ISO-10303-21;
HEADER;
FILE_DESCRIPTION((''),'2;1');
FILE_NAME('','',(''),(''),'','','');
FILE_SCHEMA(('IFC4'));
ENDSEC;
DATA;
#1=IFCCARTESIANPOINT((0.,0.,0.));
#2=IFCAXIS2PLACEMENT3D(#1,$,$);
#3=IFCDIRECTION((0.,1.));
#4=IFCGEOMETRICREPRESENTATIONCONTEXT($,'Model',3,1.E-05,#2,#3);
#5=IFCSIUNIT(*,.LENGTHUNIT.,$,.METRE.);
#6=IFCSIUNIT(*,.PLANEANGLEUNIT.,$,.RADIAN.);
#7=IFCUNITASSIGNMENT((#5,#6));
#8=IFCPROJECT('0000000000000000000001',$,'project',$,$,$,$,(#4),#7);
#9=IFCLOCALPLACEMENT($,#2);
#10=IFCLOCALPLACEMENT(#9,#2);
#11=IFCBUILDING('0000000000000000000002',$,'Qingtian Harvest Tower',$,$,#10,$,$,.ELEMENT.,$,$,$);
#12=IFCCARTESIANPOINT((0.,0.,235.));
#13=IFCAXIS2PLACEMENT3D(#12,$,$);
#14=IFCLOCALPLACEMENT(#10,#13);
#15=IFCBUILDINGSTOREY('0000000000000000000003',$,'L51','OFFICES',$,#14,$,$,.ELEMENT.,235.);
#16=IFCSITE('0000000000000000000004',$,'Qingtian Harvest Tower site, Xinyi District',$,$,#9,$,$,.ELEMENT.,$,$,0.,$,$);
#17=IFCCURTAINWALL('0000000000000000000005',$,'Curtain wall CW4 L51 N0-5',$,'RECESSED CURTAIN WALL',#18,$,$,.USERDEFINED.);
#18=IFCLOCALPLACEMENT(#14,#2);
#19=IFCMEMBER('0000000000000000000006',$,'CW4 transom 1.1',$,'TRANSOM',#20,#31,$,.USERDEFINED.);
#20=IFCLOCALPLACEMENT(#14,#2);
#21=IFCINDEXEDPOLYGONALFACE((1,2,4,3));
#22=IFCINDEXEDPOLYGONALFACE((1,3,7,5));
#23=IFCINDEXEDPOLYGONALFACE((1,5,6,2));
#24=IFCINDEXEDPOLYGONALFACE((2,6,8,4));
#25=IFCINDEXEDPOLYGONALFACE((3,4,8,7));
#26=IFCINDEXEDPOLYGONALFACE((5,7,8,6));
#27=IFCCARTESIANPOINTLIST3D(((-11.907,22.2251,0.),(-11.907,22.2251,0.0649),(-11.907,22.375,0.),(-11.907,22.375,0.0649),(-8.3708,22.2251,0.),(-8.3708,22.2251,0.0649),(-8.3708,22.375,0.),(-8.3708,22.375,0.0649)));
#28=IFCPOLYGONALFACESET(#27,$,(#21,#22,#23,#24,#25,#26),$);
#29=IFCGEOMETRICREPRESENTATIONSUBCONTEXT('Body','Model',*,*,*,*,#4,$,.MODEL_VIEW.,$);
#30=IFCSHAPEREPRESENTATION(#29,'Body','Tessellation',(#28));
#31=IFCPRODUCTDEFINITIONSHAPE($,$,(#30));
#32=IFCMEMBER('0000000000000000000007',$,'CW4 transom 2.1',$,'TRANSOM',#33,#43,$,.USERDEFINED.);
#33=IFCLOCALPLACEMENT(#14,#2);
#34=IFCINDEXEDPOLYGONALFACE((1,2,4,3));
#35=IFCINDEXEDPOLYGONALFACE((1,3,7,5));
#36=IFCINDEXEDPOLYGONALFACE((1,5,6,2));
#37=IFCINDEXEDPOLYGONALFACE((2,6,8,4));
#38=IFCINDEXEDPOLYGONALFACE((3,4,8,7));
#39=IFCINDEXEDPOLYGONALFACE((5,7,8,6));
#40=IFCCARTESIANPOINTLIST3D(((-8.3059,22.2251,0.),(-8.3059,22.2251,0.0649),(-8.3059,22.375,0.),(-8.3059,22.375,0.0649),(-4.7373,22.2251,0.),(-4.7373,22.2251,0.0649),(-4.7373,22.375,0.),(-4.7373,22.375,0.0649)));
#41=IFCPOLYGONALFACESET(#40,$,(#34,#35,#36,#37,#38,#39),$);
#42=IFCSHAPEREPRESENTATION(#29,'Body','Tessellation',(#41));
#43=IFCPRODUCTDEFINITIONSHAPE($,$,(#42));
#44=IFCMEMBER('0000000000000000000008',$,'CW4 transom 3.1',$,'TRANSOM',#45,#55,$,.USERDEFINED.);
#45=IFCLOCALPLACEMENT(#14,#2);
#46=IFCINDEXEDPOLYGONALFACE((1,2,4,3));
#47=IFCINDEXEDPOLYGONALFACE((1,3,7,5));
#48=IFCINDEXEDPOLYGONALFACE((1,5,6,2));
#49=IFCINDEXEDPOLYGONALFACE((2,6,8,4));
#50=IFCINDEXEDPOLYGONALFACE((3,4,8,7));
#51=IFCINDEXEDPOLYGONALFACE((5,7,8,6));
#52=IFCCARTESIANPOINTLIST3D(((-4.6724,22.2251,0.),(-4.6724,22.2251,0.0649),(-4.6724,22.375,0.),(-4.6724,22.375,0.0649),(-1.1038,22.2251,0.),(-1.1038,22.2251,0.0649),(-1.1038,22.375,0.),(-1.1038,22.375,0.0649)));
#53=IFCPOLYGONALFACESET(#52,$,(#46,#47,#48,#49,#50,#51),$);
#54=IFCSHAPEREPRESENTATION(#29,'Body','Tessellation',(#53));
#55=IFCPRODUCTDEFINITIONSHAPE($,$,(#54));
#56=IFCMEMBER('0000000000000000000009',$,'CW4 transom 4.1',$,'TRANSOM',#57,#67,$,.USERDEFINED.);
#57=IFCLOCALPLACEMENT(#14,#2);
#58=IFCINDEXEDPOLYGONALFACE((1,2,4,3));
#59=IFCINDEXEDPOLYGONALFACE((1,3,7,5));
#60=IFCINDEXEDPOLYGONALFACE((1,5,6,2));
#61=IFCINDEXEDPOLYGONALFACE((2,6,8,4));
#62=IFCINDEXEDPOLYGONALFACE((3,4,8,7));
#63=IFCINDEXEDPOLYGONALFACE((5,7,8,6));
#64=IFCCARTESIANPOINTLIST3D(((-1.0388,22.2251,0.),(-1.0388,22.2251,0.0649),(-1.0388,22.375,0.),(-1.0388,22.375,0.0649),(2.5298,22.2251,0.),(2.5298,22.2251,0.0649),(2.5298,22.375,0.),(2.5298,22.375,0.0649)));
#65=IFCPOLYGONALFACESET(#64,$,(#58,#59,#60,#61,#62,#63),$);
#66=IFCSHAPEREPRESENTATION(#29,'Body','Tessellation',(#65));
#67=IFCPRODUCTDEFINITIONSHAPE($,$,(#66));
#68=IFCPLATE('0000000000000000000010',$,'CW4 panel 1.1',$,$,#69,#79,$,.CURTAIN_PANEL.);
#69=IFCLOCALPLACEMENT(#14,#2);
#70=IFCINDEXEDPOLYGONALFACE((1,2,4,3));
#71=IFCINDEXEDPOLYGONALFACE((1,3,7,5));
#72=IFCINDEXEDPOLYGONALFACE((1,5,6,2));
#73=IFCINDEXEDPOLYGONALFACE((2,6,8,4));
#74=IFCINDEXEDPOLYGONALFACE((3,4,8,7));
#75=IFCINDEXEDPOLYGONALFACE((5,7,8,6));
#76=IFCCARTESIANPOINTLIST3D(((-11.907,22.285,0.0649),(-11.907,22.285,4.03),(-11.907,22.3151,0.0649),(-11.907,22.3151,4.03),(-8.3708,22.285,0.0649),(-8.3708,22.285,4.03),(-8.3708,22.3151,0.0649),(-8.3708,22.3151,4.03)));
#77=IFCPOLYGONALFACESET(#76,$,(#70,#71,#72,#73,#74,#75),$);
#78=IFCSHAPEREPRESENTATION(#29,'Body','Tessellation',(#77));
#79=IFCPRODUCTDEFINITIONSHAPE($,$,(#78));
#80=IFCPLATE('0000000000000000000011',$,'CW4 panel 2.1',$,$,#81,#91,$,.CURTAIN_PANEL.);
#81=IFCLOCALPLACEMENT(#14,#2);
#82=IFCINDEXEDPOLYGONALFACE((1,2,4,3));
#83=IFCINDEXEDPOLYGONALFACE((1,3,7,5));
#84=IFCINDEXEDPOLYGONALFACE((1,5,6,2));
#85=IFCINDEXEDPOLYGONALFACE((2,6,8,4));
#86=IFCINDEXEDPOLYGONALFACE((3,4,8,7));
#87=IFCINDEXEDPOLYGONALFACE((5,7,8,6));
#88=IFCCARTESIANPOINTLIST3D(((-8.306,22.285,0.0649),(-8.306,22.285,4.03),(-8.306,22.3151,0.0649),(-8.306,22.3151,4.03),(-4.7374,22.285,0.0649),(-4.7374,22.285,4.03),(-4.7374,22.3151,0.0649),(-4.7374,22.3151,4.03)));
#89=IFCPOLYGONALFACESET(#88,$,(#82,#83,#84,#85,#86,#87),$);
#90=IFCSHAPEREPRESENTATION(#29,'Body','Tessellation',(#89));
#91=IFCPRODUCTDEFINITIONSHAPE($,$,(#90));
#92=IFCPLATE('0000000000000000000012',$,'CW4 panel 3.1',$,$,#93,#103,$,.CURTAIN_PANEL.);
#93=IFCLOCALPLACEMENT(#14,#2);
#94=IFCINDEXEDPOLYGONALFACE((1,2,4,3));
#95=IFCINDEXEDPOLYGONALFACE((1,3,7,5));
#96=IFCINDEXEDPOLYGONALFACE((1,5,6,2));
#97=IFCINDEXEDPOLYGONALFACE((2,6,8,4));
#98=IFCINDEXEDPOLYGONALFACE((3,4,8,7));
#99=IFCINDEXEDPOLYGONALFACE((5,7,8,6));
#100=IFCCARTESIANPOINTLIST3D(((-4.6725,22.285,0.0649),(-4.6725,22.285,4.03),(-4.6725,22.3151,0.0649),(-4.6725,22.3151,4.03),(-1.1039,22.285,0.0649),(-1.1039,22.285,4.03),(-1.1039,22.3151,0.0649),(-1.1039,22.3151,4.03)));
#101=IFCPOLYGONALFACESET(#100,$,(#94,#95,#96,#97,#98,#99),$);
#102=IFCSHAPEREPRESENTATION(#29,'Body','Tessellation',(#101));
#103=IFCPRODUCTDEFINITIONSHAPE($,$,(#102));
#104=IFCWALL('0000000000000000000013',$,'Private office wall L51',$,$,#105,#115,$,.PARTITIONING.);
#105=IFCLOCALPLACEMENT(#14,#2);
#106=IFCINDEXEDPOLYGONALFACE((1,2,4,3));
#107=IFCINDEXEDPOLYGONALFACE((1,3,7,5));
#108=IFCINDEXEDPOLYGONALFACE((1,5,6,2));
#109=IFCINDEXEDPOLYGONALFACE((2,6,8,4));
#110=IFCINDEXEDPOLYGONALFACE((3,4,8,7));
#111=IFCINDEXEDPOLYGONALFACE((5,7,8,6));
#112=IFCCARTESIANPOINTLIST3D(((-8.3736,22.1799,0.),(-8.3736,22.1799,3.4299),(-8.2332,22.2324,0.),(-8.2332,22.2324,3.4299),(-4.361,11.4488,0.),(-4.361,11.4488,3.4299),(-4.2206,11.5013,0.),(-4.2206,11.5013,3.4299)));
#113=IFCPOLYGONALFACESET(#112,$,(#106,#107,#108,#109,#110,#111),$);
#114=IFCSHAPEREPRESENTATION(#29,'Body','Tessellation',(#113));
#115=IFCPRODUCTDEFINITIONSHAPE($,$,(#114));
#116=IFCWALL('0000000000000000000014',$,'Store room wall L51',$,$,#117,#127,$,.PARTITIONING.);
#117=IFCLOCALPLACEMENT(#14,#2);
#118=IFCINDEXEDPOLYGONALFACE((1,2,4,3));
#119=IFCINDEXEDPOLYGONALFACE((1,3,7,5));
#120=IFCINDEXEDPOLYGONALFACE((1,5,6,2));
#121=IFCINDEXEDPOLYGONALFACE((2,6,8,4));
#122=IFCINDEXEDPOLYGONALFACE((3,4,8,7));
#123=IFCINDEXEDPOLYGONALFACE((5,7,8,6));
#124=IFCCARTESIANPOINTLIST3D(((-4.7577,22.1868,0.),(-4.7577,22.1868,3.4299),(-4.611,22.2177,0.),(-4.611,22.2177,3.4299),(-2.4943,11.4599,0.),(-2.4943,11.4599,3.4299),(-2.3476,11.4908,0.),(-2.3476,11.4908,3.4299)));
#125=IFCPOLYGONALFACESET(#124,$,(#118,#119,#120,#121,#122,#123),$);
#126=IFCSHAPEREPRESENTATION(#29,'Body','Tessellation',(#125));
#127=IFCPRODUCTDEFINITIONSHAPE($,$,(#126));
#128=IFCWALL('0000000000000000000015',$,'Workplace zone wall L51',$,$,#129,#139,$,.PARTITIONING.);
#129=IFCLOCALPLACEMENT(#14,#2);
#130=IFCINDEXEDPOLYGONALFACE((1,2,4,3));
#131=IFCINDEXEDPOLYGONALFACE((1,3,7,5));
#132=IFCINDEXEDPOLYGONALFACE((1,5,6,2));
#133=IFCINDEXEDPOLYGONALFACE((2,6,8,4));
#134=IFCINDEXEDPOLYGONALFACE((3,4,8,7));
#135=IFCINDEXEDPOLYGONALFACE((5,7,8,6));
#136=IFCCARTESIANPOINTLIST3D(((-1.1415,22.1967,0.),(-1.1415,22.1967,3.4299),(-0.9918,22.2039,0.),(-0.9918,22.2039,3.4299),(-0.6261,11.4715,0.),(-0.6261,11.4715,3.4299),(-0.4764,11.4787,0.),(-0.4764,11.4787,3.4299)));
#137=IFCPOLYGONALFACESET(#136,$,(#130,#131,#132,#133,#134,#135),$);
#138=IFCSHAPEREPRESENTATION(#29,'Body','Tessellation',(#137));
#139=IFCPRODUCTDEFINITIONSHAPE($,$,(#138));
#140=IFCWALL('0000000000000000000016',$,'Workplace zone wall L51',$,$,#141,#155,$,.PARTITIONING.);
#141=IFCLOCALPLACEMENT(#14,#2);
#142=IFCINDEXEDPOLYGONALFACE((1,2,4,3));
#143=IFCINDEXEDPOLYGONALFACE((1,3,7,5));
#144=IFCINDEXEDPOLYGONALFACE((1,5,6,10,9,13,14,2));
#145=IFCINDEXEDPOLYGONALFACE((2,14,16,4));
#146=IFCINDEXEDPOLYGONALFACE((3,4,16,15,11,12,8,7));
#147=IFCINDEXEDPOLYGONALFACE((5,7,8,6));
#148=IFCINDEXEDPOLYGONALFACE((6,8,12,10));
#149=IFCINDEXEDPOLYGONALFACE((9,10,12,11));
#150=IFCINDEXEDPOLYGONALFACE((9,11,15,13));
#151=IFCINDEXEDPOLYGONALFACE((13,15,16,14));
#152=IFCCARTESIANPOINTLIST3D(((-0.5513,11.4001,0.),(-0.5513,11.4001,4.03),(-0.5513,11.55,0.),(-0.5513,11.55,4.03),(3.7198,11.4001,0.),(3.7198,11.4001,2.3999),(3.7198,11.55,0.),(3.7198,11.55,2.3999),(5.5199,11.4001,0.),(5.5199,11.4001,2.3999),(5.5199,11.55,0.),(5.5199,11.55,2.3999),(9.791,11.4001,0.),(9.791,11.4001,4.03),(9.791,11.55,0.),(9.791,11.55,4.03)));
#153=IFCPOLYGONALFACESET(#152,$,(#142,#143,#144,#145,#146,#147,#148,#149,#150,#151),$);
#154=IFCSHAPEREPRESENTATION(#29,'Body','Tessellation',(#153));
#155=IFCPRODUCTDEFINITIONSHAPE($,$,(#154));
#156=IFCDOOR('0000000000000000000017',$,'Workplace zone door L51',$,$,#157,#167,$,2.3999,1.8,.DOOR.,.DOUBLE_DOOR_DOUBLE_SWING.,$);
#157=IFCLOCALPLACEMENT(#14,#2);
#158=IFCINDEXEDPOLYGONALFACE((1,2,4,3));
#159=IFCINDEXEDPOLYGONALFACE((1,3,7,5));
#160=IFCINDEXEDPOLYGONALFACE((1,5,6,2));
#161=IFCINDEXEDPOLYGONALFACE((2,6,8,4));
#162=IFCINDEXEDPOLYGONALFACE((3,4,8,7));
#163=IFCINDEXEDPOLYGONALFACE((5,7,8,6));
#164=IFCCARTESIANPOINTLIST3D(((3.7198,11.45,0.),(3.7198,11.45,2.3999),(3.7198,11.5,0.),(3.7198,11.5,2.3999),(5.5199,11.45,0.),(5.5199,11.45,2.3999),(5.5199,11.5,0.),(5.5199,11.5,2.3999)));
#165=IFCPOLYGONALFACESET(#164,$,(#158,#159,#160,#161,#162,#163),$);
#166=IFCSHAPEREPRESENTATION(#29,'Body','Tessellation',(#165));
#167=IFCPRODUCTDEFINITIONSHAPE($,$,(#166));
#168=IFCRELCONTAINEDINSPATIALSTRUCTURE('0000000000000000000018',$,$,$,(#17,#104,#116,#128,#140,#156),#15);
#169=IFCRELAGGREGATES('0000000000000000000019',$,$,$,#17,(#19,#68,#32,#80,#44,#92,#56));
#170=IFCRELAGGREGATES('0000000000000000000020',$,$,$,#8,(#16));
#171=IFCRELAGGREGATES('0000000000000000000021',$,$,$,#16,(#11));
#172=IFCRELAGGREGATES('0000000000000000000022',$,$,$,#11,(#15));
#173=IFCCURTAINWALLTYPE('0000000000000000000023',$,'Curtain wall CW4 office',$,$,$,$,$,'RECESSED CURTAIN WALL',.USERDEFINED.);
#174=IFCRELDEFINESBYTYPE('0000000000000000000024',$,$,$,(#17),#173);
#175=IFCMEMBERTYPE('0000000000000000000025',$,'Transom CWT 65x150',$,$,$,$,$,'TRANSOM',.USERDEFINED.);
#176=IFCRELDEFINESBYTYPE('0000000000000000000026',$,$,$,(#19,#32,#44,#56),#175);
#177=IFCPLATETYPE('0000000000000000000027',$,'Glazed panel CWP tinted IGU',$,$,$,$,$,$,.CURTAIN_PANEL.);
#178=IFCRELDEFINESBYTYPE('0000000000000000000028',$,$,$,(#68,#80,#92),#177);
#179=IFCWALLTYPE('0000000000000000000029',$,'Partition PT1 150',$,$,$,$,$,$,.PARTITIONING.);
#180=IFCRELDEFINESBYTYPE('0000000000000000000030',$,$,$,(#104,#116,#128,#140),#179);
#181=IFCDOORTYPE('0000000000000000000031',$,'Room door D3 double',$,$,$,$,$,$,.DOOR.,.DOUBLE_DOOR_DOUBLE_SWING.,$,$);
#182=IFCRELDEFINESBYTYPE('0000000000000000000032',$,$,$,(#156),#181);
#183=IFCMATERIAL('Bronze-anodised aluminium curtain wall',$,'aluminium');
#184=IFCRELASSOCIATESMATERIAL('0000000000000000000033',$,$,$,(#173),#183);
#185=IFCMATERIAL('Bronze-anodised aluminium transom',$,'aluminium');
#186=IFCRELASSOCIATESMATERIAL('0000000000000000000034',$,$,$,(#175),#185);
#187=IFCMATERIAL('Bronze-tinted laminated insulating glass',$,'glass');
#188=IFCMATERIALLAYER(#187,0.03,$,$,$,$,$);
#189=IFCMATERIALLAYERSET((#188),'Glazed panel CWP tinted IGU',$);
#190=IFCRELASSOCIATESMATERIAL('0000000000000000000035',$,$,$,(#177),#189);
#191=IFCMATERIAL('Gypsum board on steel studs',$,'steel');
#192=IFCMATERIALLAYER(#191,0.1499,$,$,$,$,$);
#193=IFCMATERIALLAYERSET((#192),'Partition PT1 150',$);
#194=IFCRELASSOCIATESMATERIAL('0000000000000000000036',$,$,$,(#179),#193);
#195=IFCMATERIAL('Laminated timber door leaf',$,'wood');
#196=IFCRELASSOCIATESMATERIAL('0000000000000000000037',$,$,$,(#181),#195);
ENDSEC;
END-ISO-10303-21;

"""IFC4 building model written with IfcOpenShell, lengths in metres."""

from ifc_helpers import new_model, si_unit, direction, frame, frame_2d, origin, origin_2d, place, context, subcontext, project, spatial, rectangle, extrude, material, layer, layer_set, material_profile, profile_set, type_object, element, fill, aggregate, save


model = new_model("IFC4")

# Units and contexts
model_context = context("Model", 3, precision=1e-05, world=origin(), true_north=direction((0.0, 1.0)))
body_context = subcontext(model_context, "Body", "Model", "MODEL_VIEW")
ifc_project = project(units=[si_unit("LENGTHUNIT", "METRE"), si_unit("PLANEANGLEUNIT", "RADIAN")], contexts=[model_context])

# Site, building, storey
site_placement = place(None, origin())
site = spatial("IfcSite", under=ifc_project, at=site_placement, Name="Qingtian Harvest Tower site, Xinyi District", CompositionType="ELEMENT", RefElevation=0.0)
building_placement = place(site_placement, origin())
building = spatial("IfcBuilding", under=site, at=building_placement, Name="Qingtian Harvest Tower", CompositionType="ELEMENT")
storey_placement = place(building_placement, frame((0.0, 0.0, 235.0)))
storey = spatial("IfcBuildingStorey", under=building, at=storey_placement, Name="L51", Description="OFFICES", CompositionType="ELEMENT", Elevation=235.0)

# Curtain wall
ifc_material_1 = material(Name="Bronze-anodised aluminium curtain wall", Category="aluminium")
curtain_wall_type = type_object("IfcCurtainWallType", Name="Curtain wall CW4 office", ElementType="RECESSED CURTAIN WALL", PredefinedType="USERDEFINED", material=ifc_material_1)
curtain_wall_1_placement = place(storey_placement, origin())
curtain_wall_1 = element("IfcCurtainWall", 1, at=curtain_wall_1_placement, inside=storey, type_object=curtain_wall_type, Name="Curtain wall CW4 L51 N0-5", ObjectType="RECESSED CURTAIN WALL", PredefinedType="USERDEFINED")

# Members
ifc_material_2 = material(Name="Bronze-anodised aluminium transom", Category="aluminium")
ifc_material_profile_1 = material_profile(ifc_material_2, rectangle(XDim=0.1499, YDim=0.0649, at=origin_2d()), Name="AL 65x150")
ifc_profile_set_1 = profile_set([ifc_material_profile_1], Name="Bronze-anodised aluminium transom")
member_type_1 = type_object("IfcMemberType", Name="Transom CWT 65x150", ElementType="TRANSOM", PredefinedType="USERDEFINED", material=ifc_profile_set_1)
member_1_placement = place(storey_placement, frame((-11.907, 22.3, 0.0325), z_axis=(1.0, 0.0, 0.0), x_axis=(0.0, 1.0, 0.0)))
member_1 = element("IfcMember", 2, at=member_1_placement, type_object=member_type_1, Name="CW4 transom 1.1", ObjectType="TRANSOM", PredefinedType="USERDEFINED", context=body_context, shape_type="SweptSolid", body=[
    extrude(rectangle(XDim=0.1499, YDim=0.0649, at=origin_2d()), origin(), (0.0, 0.0, 1.0), 3.5361),
])
member_2_placement = place(storey_placement, frame((-8.3059, 22.3, 0.0325), z_axis=(1.0, 0.0, 0.0), x_axis=(0.0, 1.0, 0.0)))
member_2 = element("IfcMember", 3, at=member_2_placement, type_object=member_type_1, Name="CW4 transom 2.1", ObjectType="TRANSOM", PredefinedType="USERDEFINED", context=body_context, shape_type="SweptSolid", body=[
    extrude(rectangle(XDim=0.1499, YDim=0.0649, at=origin_2d()), origin(), (0.0, 0.0, 1.0), 3.5686),
])
member_3_placement = place(storey_placement, frame((-4.6724, 22.3, 0.0325), z_axis=(1.0, 0.0, 0.0), x_axis=(0.0, 1.0, 0.0)))
member_3 = element("IfcMember", 4, at=member_3_placement, type_object=member_type_1, Name="CW4 transom 3.1", ObjectType="TRANSOM", PredefinedType="USERDEFINED", context=body_context, shape_type="SweptSolid", body=[
    extrude(rectangle(XDim=0.1499, YDim=0.0649, at=origin_2d()), origin(), (0.0, 0.0, 1.0), 3.5686),
])
member_4_placement = place(storey_placement, frame((-1.0388, 22.3, 0.0325), z_axis=(1.0, 0.0, 0.0), x_axis=(0.0, 1.0, 0.0)))
member_4 = element("IfcMember", 5, at=member_4_placement, type_object=member_type_1, Name="CW4 transom 4.1", ObjectType="TRANSOM", PredefinedType="USERDEFINED", context=body_context, shape_type="SweptSolid", body=[
    extrude(rectangle(XDim=0.1499, YDim=0.0649, at=origin_2d()), origin(), (0.0, 0.0, 1.0), 3.5686),
])

# Plates
ifc_material_3 = material(Name="Bronze-tinted laminated insulating glass", Category="glass")
ifc_layer_1 = layer(ifc_material_3, 0.03)
ifc_layer_set_1 = layer_set([ifc_layer_1], Name="Glazed panel CWP tinted IGU")
plate_type = type_object("IfcPlateType", Name="Glazed panel CWP tinted IGU", PredefinedType="CURTAIN_PANEL", material=ifc_layer_set_1)
plate_1_placement = place(storey_placement, frame((-10.1389, 22.3, 0.0649), z_axis=(0.0, 0.0, 1.0), x_axis=(1.0, 0.0, 0.0)))
plate_1 = element("IfcPlate", 6, at=plate_1_placement, type_object=plate_type, Name="CW4 panel 1.1", PredefinedType="CURTAIN_PANEL", context=body_context, shape_type="SweptSolid", body=[
    extrude(rectangle(XDim=3.5361, YDim=0.03, at=origin_2d()), origin(), (0.0, 0.0, 1.0), 3.9651),
])
plate_2_placement = place(storey_placement, frame((-6.5217, 22.3, 0.0649), z_axis=(0.0, 0.0, 1.0), x_axis=(1.0, 0.0, 0.0)))
plate_2 = element("IfcPlate", 7, at=plate_2_placement, type_object=plate_type, Name="CW4 panel 2.1", PredefinedType="CURTAIN_PANEL", context=body_context, shape_type="SweptSolid", body=[
    extrude(rectangle(XDim=3.5686, YDim=0.03, at=origin_2d()), origin(), (0.0, 0.0, 1.0), 3.9651),
])
plate_3_placement = place(storey_placement, frame((-2.8882, 22.3, 0.0649), z_axis=(0.0, 0.0, 1.0), x_axis=(1.0, 0.0, 0.0)))
plate_3 = element("IfcPlate", 8, at=plate_3_placement, type_object=plate_type, Name="CW4 panel 3.1", PredefinedType="CURTAIN_PANEL", context=body_context, shape_type="SweptSolid", body=[
    extrude(rectangle(XDim=3.5686, YDim=0.03, at=origin_2d()), origin(), (0.0, 0.0, 1.0), 3.9651),
])
aggregate(curtain_wall_1, [member_1, plate_1, member_2, plate_2, member_3, plate_3, member_4])

# Walls
ifc_material_4 = material(Name="Gypsum board on steel studs", Category="steel")
ifc_layer_2 = layer(ifc_material_4, 0.1499)
ifc_layer_set_2 = layer_set([ifc_layer_2], Name="Partition PT1 150")
wall_type = type_object("IfcWallType", Name="Partition PT1 150", PredefinedType="PARTITIONING", material=ifc_layer_set_2)
wall_1_placement = place(storey_placement, frame((-8.3035, 22.2063, 0.0), z_axis=(0.0, 0.0, 1.0), x_axis=(0.350243, -0.936659, 0.0)))
element("IfcWall", 9, at=wall_1_placement, inside=storey, type_object=wall_type, Name="Private office wall L51", PredefinedType="PARTITIONING", context=body_context, shape_type="SweptSolid", body=[
    extrude(rectangle(XDim=11.4568, YDim=0.1499, at=frame_2d((5.7285, 0.0))), origin(), (0.0, 0.0, 1.0), 3.4299),
])
wall_2_placement = place(storey_placement, frame((-4.6843, 22.2021, 0.0), z_axis=(0.0, 0.0, 1.0), x_axis=(0.206456, -0.978456, 0.0)))
element("IfcWall", 10, at=wall_2_placement, inside=storey, type_object=wall_type, Name="Store room wall L51", PredefinedType="PARTITIONING", context=body_context, shape_type="SweptSolid", body=[
    extrude(rectangle(XDim=10.9631, YDim=0.1499, at=frame_2d((5.4814, 0.0))), origin(), (0.0, 0.0, 1.0), 3.4299),
])
wall_3_placement = place(storey_placement, frame((-1.0667, 22.2002, 0.0), z_axis=(0.0, 0.0, 1.0), x_axis=(0.047998, -0.998847, 0.0)))
element("IfcWall", 11, at=wall_3_placement, inside=storey, type_object=wall_type, Name="Workplace zone wall L51", PredefinedType="PARTITIONING", context=body_context, shape_type="SweptSolid", body=[
    extrude(rectangle(XDim=10.7375, YDim=0.1499, at=frame_2d((5.3687, 0.0))), origin(), (0.0, 0.0, 1.0), 3.4299),
])

# Wall, opening, door
wall_4_placement = place(storey_placement, frame((-0.5513, 11.4751, 0.0), z_axis=(0.0, 0.0, 1.0), x_axis=(1.0, 0.0, 0.0)))
wall_4 = element("IfcWall", 12, at=wall_4_placement, inside=storey, type_object=wall_type, Name="Workplace zone wall L51", PredefinedType="PARTITIONING", context=body_context, shape_type="SweptSolid", body=[
    extrude(rectangle(XDim=10.3423, YDim=0.1499, at=frame_2d((5.1711, 0.0))), origin(), (0.0, 0.0, 1.0), 4.03),
])
opening_placement = place(wall_4_placement, frame((4.2712, 0.0, 0.0)))
opening = element("IfcOpeningElement", 13, at=opening_placement, cuts=wall_4, PredefinedType="OPENING", context=body_context, shape_type="SweptSolid", body=[
    extrude(rectangle(XDim=1.8, YDim=2.3999, at=frame_2d((0.8999, 1.2))), frame((0.0, 0.085, 0.0), z_axis=(0.0, -1.0, 0.0), x_axis=(1.0, 0.0, 0.0)), (0.0, 0.0, 1.0), 0.1699),
])
ifc_material_5 = material(Name="Laminated timber door leaf", Category="wood")
door_type = type_object("IfcDoorType", Name="Room door D3 double", OperationType="DOUBLE_DOOR_DOUBLE_SWING", PredefinedType="DOOR", material=ifc_material_5)
door_placement = place(opening_placement, origin())
door = element("IfcDoor", 14, at=door_placement, inside=storey, type_object=door_type, Name="Workplace zone door L51", OperationType="DOUBLE_DOOR_DOUBLE_SWING", OverallHeight=2.3999, OverallWidth=1.8, PredefinedType="DOOR", context=body_context, shape_type="SweptSolid", body=[
    extrude(rectangle(XDim=1.8, YDim=2.3999, at=frame_2d((0.8999, 1.2))), frame((0.0, 0.0249, 0.0), z_axis=(0.0, -1.0, 0.0), x_axis=(1.0, 0.0, 0.0)), (0.0, 0.0, 1.0), 0.05),
])
fill(opening, door)

save(model, "model.ifc")
